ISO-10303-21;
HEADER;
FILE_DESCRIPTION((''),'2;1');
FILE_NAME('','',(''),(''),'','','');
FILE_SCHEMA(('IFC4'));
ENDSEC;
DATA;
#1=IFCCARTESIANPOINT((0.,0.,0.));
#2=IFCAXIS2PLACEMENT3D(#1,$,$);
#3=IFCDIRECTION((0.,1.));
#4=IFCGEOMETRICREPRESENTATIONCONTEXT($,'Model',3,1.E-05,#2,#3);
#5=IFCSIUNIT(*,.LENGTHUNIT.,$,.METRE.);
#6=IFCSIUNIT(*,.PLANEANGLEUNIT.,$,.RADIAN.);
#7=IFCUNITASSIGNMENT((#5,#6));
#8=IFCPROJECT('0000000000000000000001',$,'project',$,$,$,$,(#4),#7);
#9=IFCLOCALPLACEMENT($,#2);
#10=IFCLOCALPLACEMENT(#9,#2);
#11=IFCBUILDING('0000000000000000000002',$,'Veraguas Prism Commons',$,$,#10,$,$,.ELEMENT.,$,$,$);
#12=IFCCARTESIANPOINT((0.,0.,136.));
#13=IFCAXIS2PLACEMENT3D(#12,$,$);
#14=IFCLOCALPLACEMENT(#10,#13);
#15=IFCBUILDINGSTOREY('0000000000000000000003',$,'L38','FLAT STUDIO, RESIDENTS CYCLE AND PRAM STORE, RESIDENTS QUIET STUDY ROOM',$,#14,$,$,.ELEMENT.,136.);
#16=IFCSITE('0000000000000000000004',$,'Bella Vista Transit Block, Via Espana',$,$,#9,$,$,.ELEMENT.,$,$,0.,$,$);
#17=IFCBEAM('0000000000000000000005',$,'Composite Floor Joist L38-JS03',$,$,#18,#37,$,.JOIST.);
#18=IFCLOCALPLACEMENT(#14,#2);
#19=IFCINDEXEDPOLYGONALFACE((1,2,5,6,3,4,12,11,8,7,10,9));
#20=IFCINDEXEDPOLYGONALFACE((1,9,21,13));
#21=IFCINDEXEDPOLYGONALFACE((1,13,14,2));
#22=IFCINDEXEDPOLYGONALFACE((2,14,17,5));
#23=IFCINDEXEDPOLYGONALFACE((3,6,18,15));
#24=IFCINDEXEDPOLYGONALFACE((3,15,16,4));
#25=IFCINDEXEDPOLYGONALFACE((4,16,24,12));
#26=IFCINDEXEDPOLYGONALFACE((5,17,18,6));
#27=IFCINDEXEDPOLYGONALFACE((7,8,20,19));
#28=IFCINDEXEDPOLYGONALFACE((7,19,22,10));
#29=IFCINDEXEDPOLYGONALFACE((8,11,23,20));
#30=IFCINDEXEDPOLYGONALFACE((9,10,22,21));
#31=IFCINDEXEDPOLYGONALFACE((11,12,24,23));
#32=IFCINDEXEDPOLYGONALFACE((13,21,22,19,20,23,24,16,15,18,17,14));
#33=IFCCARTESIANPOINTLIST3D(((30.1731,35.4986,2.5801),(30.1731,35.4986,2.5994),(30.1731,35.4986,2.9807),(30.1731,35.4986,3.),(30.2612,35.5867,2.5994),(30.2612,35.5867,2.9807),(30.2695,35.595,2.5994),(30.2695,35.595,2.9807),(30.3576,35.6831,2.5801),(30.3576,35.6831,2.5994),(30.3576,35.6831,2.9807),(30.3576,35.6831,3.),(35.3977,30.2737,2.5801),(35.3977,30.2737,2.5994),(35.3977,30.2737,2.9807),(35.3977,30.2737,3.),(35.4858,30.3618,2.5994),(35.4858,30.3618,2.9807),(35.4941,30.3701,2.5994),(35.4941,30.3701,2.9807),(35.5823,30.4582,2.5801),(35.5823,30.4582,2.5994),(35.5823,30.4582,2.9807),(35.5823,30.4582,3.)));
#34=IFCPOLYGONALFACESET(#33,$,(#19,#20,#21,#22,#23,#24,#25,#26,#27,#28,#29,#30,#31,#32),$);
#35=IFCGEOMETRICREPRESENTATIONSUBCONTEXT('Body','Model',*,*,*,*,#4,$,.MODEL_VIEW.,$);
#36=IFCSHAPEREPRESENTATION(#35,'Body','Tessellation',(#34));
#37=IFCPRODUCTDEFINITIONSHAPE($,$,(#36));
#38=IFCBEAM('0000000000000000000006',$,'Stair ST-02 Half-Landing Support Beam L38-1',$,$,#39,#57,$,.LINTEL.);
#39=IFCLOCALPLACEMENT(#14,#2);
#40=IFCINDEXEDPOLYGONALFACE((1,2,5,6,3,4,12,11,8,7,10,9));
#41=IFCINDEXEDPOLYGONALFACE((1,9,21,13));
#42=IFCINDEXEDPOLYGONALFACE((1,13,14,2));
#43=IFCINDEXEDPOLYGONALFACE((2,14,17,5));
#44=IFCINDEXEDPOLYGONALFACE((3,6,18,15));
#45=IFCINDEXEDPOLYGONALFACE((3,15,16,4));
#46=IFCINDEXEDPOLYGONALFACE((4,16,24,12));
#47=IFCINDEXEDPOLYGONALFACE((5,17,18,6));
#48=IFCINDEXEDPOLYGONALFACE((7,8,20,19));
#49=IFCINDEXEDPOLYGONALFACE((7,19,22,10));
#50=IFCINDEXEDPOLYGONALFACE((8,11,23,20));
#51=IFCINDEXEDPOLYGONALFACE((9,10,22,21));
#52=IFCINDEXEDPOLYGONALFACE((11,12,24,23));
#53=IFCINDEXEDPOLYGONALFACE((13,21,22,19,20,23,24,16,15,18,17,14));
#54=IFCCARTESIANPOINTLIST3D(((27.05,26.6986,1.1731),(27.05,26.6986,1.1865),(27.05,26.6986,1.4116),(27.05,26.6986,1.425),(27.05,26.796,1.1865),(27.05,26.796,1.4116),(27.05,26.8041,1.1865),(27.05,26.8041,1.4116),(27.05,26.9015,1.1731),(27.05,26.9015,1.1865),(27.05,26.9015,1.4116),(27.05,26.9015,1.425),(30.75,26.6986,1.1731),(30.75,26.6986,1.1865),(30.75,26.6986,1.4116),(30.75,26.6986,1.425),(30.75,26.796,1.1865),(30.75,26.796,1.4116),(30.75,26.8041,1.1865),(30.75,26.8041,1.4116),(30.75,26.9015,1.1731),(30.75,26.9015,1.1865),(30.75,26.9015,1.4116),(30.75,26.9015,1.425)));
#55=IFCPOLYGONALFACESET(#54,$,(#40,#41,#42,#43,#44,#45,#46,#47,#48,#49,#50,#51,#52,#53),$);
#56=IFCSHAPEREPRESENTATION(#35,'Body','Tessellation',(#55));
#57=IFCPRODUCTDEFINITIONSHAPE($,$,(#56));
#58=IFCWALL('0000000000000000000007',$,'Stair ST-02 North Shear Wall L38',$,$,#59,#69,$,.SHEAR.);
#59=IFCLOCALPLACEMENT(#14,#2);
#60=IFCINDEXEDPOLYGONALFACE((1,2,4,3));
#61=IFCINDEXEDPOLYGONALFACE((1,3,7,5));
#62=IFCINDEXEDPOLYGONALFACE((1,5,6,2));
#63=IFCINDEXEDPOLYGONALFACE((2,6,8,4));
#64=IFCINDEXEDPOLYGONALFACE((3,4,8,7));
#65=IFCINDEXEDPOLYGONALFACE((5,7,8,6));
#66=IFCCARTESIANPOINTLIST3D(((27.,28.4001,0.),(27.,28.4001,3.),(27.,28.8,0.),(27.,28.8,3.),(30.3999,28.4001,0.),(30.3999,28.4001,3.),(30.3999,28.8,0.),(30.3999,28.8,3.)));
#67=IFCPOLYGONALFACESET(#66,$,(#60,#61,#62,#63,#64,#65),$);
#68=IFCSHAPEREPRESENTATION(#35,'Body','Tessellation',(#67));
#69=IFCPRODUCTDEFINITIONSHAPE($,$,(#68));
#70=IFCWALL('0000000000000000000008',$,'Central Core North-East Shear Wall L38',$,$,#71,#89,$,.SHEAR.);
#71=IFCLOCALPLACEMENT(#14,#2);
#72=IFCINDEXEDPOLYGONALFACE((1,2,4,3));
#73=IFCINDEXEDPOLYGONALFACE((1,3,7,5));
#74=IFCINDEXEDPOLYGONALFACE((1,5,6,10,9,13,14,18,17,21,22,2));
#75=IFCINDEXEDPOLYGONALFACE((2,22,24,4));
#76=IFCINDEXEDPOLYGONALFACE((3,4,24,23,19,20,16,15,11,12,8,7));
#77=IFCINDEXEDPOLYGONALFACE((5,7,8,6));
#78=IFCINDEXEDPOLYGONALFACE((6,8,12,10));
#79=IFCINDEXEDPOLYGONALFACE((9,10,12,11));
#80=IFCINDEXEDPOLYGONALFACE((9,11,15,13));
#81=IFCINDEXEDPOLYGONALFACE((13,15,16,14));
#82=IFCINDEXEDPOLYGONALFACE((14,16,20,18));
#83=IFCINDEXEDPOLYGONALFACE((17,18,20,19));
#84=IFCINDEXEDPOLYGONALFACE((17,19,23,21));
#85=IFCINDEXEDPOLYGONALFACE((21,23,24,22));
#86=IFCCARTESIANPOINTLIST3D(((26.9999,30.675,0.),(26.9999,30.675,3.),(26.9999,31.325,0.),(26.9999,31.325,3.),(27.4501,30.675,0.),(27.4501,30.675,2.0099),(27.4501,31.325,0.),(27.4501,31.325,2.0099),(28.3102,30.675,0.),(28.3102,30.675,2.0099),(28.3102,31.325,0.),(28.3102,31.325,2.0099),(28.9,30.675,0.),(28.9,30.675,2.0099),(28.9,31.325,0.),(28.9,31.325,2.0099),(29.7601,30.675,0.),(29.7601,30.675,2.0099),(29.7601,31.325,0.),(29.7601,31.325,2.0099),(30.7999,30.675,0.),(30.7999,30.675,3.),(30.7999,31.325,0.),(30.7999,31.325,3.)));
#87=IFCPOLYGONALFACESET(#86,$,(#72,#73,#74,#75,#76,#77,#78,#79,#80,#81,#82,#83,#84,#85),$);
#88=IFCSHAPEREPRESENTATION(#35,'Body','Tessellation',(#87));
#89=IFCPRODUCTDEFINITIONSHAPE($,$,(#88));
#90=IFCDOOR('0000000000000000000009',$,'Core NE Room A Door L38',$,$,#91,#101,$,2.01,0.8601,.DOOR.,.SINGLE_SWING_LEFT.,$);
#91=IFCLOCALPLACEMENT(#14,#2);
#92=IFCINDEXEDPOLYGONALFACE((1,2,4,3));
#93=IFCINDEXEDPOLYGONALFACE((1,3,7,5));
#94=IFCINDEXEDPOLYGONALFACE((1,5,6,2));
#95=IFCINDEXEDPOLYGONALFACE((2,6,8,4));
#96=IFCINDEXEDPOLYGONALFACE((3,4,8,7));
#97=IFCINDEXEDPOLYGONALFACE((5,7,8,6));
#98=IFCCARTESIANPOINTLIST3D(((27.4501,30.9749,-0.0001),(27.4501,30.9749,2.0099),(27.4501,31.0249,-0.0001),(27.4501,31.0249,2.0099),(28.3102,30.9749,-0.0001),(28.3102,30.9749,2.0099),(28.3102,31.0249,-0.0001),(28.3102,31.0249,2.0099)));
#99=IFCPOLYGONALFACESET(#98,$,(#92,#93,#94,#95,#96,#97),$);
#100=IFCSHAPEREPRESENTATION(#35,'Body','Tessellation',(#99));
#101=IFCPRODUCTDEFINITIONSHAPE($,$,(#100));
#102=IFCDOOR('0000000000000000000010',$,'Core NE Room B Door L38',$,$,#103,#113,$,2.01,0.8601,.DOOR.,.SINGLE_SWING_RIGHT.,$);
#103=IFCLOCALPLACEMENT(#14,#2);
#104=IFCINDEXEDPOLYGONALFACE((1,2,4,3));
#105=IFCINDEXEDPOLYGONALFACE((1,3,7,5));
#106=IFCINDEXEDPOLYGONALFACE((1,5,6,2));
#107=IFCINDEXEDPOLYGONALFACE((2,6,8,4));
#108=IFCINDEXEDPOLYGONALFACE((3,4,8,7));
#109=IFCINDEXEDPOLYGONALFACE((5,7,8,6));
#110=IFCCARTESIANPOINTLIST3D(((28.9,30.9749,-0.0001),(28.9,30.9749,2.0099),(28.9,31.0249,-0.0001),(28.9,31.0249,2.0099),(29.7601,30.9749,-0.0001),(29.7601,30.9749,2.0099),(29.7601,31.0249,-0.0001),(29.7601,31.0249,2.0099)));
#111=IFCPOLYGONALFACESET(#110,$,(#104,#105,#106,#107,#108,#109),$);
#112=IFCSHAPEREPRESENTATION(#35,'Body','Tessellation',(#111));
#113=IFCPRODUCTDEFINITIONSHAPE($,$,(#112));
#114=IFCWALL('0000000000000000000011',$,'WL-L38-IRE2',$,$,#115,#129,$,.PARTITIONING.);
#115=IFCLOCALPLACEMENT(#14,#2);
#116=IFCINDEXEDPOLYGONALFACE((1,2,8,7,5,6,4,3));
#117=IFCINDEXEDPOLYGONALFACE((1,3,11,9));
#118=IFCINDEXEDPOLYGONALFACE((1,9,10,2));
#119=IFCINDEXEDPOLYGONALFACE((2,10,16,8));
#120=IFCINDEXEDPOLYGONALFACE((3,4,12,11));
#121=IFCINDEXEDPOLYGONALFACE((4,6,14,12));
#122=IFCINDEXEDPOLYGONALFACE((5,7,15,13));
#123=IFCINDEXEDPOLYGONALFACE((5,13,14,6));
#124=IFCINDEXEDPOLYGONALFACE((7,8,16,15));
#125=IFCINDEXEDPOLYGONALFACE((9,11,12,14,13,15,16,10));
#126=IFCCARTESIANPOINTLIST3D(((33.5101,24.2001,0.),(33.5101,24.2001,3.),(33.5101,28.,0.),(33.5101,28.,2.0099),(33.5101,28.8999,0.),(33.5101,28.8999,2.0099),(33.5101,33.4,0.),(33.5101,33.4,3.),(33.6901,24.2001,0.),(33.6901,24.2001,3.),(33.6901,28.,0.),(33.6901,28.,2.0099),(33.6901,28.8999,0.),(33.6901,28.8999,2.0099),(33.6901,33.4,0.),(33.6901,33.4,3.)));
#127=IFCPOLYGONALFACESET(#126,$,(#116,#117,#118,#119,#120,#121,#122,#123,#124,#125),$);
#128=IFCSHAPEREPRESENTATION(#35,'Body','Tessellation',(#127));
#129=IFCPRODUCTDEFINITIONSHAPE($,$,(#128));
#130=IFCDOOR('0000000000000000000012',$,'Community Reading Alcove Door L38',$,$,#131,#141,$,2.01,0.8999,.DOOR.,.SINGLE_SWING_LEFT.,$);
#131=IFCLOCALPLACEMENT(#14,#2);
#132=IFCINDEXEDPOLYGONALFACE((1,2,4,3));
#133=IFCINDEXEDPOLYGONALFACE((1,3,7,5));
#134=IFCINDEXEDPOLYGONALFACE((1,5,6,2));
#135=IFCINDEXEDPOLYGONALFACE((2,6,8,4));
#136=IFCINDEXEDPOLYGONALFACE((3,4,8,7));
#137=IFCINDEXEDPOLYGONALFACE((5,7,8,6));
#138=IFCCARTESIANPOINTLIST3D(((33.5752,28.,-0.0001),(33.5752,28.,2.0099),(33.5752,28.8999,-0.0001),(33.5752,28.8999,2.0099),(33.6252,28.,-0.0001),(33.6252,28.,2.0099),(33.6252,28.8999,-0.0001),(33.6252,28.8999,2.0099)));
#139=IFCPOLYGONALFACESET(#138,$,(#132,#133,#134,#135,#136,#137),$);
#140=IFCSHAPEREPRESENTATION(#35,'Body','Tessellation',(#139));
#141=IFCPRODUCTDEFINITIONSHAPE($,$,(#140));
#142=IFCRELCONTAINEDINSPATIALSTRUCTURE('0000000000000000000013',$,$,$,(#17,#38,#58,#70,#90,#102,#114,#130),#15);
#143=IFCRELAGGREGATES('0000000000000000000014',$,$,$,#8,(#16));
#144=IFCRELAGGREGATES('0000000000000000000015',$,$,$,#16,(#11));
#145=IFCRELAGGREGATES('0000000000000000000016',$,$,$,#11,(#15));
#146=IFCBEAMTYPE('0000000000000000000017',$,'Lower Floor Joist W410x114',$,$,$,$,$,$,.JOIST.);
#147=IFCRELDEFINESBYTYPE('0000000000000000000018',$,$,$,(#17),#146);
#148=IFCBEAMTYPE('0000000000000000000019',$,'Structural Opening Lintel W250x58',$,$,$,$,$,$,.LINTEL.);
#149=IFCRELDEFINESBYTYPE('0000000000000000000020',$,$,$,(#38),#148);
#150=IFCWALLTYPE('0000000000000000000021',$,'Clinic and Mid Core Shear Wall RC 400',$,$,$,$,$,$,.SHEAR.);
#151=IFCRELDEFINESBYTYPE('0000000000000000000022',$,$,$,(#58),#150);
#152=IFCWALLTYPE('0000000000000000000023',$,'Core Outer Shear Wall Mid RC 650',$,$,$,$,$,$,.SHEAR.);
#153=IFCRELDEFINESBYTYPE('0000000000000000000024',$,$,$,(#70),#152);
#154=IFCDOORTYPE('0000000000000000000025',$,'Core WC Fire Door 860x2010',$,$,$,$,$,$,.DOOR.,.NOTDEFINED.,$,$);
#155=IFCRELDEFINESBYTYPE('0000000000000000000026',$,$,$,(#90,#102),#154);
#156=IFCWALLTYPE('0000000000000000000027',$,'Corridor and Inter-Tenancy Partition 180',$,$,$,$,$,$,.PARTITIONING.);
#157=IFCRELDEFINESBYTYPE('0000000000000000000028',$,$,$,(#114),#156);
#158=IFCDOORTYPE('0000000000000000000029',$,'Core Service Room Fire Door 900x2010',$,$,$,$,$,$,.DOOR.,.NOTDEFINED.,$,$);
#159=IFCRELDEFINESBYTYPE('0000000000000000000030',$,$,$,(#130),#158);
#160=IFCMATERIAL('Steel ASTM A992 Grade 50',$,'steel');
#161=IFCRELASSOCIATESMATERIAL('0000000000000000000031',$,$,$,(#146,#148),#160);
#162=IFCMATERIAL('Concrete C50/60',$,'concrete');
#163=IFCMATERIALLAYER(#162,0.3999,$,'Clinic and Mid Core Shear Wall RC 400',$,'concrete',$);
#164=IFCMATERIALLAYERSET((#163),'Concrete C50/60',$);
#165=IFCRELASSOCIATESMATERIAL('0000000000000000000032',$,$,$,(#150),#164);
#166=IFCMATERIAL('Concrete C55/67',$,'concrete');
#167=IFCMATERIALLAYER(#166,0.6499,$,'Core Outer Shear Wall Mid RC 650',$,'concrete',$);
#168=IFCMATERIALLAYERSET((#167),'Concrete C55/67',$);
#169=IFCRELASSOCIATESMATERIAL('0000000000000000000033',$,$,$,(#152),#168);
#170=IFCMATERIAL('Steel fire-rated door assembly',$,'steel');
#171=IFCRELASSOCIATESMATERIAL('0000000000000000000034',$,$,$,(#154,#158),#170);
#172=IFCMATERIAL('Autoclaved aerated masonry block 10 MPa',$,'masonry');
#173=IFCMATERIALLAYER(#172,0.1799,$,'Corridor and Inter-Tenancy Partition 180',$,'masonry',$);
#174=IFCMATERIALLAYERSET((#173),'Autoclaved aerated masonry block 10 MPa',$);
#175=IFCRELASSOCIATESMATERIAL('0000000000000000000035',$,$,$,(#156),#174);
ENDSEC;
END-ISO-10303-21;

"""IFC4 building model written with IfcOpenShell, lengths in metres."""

from ifc_helpers import new_model, si_unit, direction, frame, frame_2d, origin, origin_2d, place, context, subcontext, project, spatial, rectangle, i_section, extrude, source, transform, mapped, material, layer, layer_set, material_profile, profile_set, type_object, element, fill, save


model = new_model("IFC4")

# Units and contexts
model_context = context("Model", 3, precision=1e-05, world=origin(), true_north=direction((0.0, 1.0)))
body_context = subcontext(model_context, "Body", "Model", "MODEL_VIEW")
ifc_project = project(units=[si_unit("LENGTHUNIT", "METRE"), si_unit("PLANEANGLEUNIT", "RADIAN")], contexts=[model_context])

# Site, building, storey
site_placement = place(None, origin())
site = spatial("IfcSite", under=ifc_project, at=site_placement, Name="Bella Vista Transit Block, Via Espana", CompositionType="ELEMENT", RefElevation=0.0)
building_placement = place(site_placement, origin())
building = spatial("IfcBuilding", under=site, at=building_placement, Name="Veraguas Prism Commons", CompositionType="ELEMENT")
storey_placement = place(building_placement, frame((0.0, 0.0, 136.0)))
storey = spatial("IfcBuildingStorey", under=building, at=storey_placement, Name="L38", Description="FLAT STUDIO, RESIDENTS CYCLE AND PRAM STORE, RESIDENTS QUIET STUDY ROOM", CompositionType="ELEMENT", Elevation=136.0)

# Beams
ifc_material_1 = material(Name="Steel ASTM A992 Grade 50", Category="steel")
ifc_material_profile_1 = material_profile(ifc_material_1, i_section(OverallWidth=0.261, OverallDepth=0.4199, WebThickness=0.0117, FlangeThickness=0.0193, at=origin_2d()), Name="W410X114")
ifc_profile_set_1 = profile_set([ifc_material_profile_1], Name="Steel ASTM A992 Grade 50")
beam_type_1 = type_object("IfcBeamType", Name="Lower Floor Joist W410x114", PredefinedType="JOIST", material=ifc_profile_set_1)
beam_1_placement = place(storey_placement, frame((35.49, 30.366, 2.79), z_axis=(-0.70709, 0.707123, 0.0), x_axis=(-0.707123, -0.70709, 0.0)))
element("IfcBeam", 1, at=beam_1_placement, inside=storey, type_object=beam_type_1, Name="Composite Floor Joist L38-JS03", PredefinedType="JOIST", context=body_context, shape_type="SweptSolid", body=[
    extrude(i_section(OverallWidth=0.261, OverallDepth=0.4199, WebThickness=0.0117, FlangeThickness=0.0193, at=origin_2d()), origin(), (0.0, 0.0, 1.0), 7.3889),
])
ifc_material_profile_2 = material_profile(ifc_material_1, i_section(OverallWidth=0.2029, OverallDepth=0.252, WebThickness=0.0081, FlangeThickness=0.0134, at=origin_2d()), Name="W250X58")
ifc_profile_set_2 = profile_set([ifc_material_profile_2], Name="Steel ASTM A992 Grade 50")
beam_type_2 = type_object("IfcBeamType", Name="Structural Opening Lintel W250x58", PredefinedType="LINTEL", material=ifc_profile_set_2)
beam_2_placement = place(storey_placement, frame((27.05, 26.8, 1.2991), z_axis=(1.0, 0.0, 0.0), x_axis=(0.0, 1.0, 0.0)))
element("IfcBeam", 2, at=beam_2_placement, inside=storey, type_object=beam_type_2, Name="Stair ST-02 Half-Landing Support Beam L38-1", PredefinedType="LINTEL", context=body_context, shape_type="SweptSolid", body=[
    extrude(i_section(OverallWidth=0.2029, OverallDepth=0.252, WebThickness=0.0081, FlangeThickness=0.0134, at=origin_2d()), origin(), (0.0, 0.0, 1.0), 3.7),
])

# Wall
ifc_material_2 = material(Name="Concrete C50/60", Category="concrete")
ifc_layer_1 = layer(ifc_material_2, 0.3999, Name="Clinic and Mid Core Shear Wall RC 400", Category="concrete")
ifc_layer_set_1 = layer_set([ifc_layer_1], Name="Concrete C50/60")
wall_type_1 = type_object("IfcWallType", Name="Clinic and Mid Core Shear Wall RC 400", PredefinedType="SHEAR", material=ifc_layer_set_1)
wall_1_placement = place(storey_placement, frame((27.0, 28.6001, 0.0), z_axis=(0.0, 0.0, 1.0), x_axis=(1.0, 0.0, 0.0)))
element("IfcWall", 3, at=wall_1_placement, inside=storey, type_object=wall_type_1, Name="Stair ST-02 North Shear Wall L38", PredefinedType="SHEAR", context=body_context, shape_type="SweptSolid", body=[
    extrude(rectangle(XDim=3.3999, YDim=0.3999, at=frame_2d((1.7, 0.0))), origin(), (0.0, 0.0, 1.0), 3.0),
])

# Wall, openings, doors
ifc_material_3 = material(Name="Concrete C55/67", Category="concrete")
ifc_layer_2 = layer(ifc_material_3, 0.6499, Name="Core Outer Shear Wall Mid RC 650", Category="concrete")
ifc_layer_set_2 = layer_set([ifc_layer_2], Name="Concrete C55/67")
wall_type_2 = type_object("IfcWallType", Name="Core Outer Shear Wall Mid RC 650", PredefinedType="SHEAR", material=ifc_layer_set_2)
wall_2_placement = place(storey_placement, frame((27.0, 31.0, 0.0), z_axis=(0.0, 0.0, 1.0), x_axis=(1.0, 0.0, 0.0)))
wall_2 = element("IfcWall", 4, at=wall_2_placement, inside=storey, type_object=wall_type_2, Name="Central Core North-East Shear Wall L38", PredefinedType="SHEAR", context=body_context, shape_type="SweptSolid", body=[
    extrude(rectangle(XDim=3.8, YDim=0.6499, at=frame_2d((1.8999, 0.0))), origin(), (0.0, 0.0, 1.0), 3.0),
])
opening_1_placement = place(wall_2_placement, frame((0.45, 0.0, 0.0)))
opening_1 = element("IfcOpeningElement", 5, at=opening_1_placement, cuts=wall_2, PredefinedType="OPENING", context=body_context, shape_type="SweptSolid", body=[
    extrude(rectangle(XDim=0.8601, YDim=2.01, at=frame_2d((0.4302, 1.0049))), frame((0.0, 0.335, 0.0), z_axis=(0.0, -1.0, 0.0), x_axis=(1.0, 0.0, 0.0)), (0.0, 0.0, 1.0), 0.6699),
])
opening_2_placement = place(wall_2_placement, frame((1.8999, 0.0, 0.0)))
opening_2 = element("IfcOpeningElement", 6, at=opening_2_placement, cuts=wall_2, PredefinedType="OPENING", context=body_context, shape_type="SweptSolid", body=[
    extrude(rectangle(XDim=0.8601, YDim=2.01, at=frame_2d((0.4302, 1.0049))), frame((0.0, 0.335, 0.0), z_axis=(0.0, -1.0, 0.0), x_axis=(1.0, 0.0, 0.0)), (0.0, 0.0, 1.0), 0.6699),
])
ifc_material_4 = material(Name="Steel fire-rated door assembly", Category="steel")
door_type_1 = type_object("IfcDoorType", Name="Core WC Fire Door 860x2010", OperationType="NOTDEFINED", PredefinedType="DOOR", material=ifc_material_4)
shared_shape_1 = source(origin(), body_context, "Body", "SweptSolid", [
    extrude(rectangle(XDim=0.8601, YDim=2.01, at=frame_2d((0.4302, 1.0049))), frame((0.0, 0.0249, 0.0), z_axis=(0.0, -1.0, 0.0), x_axis=(1.0, 0.0, 0.0)), (0.0, 0.0, 1.0), 0.05),
])
door_1_placement = place(opening_1_placement, origin())
door_1 = element("IfcDoor", 7, at=door_1_placement, inside=storey, type_object=door_type_1, Name="Core NE Room A Door L38", OperationType="SINGLE_SWING_LEFT", OverallHeight=2.01, OverallWidth=0.8601, PredefinedType="DOOR", context=body_context, shape_type="MappedRepresentation", body=[
    mapped(shared_shape_1, transform((0.0, 0.0, 0.0), scale=1.0)),
])
fill(opening_1, door_1)
door_2_placement = place(opening_2_placement, origin())
door_2 = element("IfcDoor", 8, at=door_2_placement, inside=storey, type_object=door_type_1, Name="Core NE Room B Door L38", OperationType="SINGLE_SWING_RIGHT", OverallHeight=2.01, OverallWidth=0.8601, PredefinedType="DOOR", context=body_context, shape_type="MappedRepresentation", body=[
    mapped(shared_shape_1, transform((0.0, 0.0, 0.0), scale=1.0)),
])
fill(opening_2, door_2)

# Wall, opening, door
ifc_material_5 = material(Name="Autoclaved aerated masonry block 10 MPa", Category="masonry")
ifc_layer_3 = layer(ifc_material_5, 0.1799, Name="Corridor and Inter-Tenancy Partition 180", Category="masonry")
ifc_layer_set_3 = layer_set([ifc_layer_3], Name="Autoclaved aerated masonry block 10 MPa")
wall_type_3 = type_object("IfcWallType", Name="Corridor and Inter-Tenancy Partition 180", PredefinedType="PARTITIONING", material=ifc_layer_set_3)
wall_3_placement = place(storey_placement, frame((33.6001, 24.2, 0.0), z_axis=(0.0, 0.0, 1.0), x_axis=(0.0, 1.0, 0.0)))
wall_3 = element("IfcWall", 9, at=wall_3_placement, inside=storey, type_object=wall_type_3, Name="WL-L38-IRE2", PredefinedType="PARTITIONING", context=body_context, shape_type="SweptSolid", body=[
    extrude(rectangle(XDim=9.2, YDim=0.1799, at=frame_2d((4.6001, 0.0))), origin(), (0.0, 0.0, 1.0), 3.0),
])
opening_3_placement = place(wall_3_placement, frame((3.8, 0.0, 0.0)))
opening_3 = element("IfcOpeningElement", 10, at=opening_3_placement, cuts=wall_3, PredefinedType="OPENING", context=body_context, shape_type="SweptSolid", body=[
    extrude(rectangle(XDim=0.8999, YDim=2.01, at=frame_2d((0.45, 1.0049))), frame((0.0, 0.0999, 0.0), z_axis=(0.0, -1.0, 0.0), x_axis=(1.0, 0.0, 0.0)), (0.0, 0.0, 1.0), 0.2),
])
door_type_2 = type_object("IfcDoorType", Name="Core Service Room Fire Door 900x2010", OperationType="NOTDEFINED", PredefinedType="DOOR", material=ifc_material_4)
shared_shape_2 = source(origin(), body_context, "Body", "SweptSolid", [
    extrude(rectangle(XDim=0.8999, YDim=2.01, at=frame_2d((0.45, 1.0049))), frame((0.0, 0.0249, 0.0), z_axis=(0.0, -1.0, 0.0), x_axis=(1.0, 0.0, 0.0)), (0.0, 0.0, 1.0), 0.05),
])
door_3_placement = place(opening_3_placement, origin())
door_3 = element("IfcDoor", 11, at=door_3_placement, inside=storey, type_object=door_type_2, Name="Community Reading Alcove Door L38", OperationType="SINGLE_SWING_LEFT", OverallHeight=2.01, OverallWidth=0.8999, PredefinedType="DOOR", context=body_context, shape_type="MappedRepresentation", body=[
    mapped(shared_shape_2, transform((0.0, 0.0, 0.0), scale=1.0)),
])
fill(opening_3, door_3)

save(model, "model.ifc")
